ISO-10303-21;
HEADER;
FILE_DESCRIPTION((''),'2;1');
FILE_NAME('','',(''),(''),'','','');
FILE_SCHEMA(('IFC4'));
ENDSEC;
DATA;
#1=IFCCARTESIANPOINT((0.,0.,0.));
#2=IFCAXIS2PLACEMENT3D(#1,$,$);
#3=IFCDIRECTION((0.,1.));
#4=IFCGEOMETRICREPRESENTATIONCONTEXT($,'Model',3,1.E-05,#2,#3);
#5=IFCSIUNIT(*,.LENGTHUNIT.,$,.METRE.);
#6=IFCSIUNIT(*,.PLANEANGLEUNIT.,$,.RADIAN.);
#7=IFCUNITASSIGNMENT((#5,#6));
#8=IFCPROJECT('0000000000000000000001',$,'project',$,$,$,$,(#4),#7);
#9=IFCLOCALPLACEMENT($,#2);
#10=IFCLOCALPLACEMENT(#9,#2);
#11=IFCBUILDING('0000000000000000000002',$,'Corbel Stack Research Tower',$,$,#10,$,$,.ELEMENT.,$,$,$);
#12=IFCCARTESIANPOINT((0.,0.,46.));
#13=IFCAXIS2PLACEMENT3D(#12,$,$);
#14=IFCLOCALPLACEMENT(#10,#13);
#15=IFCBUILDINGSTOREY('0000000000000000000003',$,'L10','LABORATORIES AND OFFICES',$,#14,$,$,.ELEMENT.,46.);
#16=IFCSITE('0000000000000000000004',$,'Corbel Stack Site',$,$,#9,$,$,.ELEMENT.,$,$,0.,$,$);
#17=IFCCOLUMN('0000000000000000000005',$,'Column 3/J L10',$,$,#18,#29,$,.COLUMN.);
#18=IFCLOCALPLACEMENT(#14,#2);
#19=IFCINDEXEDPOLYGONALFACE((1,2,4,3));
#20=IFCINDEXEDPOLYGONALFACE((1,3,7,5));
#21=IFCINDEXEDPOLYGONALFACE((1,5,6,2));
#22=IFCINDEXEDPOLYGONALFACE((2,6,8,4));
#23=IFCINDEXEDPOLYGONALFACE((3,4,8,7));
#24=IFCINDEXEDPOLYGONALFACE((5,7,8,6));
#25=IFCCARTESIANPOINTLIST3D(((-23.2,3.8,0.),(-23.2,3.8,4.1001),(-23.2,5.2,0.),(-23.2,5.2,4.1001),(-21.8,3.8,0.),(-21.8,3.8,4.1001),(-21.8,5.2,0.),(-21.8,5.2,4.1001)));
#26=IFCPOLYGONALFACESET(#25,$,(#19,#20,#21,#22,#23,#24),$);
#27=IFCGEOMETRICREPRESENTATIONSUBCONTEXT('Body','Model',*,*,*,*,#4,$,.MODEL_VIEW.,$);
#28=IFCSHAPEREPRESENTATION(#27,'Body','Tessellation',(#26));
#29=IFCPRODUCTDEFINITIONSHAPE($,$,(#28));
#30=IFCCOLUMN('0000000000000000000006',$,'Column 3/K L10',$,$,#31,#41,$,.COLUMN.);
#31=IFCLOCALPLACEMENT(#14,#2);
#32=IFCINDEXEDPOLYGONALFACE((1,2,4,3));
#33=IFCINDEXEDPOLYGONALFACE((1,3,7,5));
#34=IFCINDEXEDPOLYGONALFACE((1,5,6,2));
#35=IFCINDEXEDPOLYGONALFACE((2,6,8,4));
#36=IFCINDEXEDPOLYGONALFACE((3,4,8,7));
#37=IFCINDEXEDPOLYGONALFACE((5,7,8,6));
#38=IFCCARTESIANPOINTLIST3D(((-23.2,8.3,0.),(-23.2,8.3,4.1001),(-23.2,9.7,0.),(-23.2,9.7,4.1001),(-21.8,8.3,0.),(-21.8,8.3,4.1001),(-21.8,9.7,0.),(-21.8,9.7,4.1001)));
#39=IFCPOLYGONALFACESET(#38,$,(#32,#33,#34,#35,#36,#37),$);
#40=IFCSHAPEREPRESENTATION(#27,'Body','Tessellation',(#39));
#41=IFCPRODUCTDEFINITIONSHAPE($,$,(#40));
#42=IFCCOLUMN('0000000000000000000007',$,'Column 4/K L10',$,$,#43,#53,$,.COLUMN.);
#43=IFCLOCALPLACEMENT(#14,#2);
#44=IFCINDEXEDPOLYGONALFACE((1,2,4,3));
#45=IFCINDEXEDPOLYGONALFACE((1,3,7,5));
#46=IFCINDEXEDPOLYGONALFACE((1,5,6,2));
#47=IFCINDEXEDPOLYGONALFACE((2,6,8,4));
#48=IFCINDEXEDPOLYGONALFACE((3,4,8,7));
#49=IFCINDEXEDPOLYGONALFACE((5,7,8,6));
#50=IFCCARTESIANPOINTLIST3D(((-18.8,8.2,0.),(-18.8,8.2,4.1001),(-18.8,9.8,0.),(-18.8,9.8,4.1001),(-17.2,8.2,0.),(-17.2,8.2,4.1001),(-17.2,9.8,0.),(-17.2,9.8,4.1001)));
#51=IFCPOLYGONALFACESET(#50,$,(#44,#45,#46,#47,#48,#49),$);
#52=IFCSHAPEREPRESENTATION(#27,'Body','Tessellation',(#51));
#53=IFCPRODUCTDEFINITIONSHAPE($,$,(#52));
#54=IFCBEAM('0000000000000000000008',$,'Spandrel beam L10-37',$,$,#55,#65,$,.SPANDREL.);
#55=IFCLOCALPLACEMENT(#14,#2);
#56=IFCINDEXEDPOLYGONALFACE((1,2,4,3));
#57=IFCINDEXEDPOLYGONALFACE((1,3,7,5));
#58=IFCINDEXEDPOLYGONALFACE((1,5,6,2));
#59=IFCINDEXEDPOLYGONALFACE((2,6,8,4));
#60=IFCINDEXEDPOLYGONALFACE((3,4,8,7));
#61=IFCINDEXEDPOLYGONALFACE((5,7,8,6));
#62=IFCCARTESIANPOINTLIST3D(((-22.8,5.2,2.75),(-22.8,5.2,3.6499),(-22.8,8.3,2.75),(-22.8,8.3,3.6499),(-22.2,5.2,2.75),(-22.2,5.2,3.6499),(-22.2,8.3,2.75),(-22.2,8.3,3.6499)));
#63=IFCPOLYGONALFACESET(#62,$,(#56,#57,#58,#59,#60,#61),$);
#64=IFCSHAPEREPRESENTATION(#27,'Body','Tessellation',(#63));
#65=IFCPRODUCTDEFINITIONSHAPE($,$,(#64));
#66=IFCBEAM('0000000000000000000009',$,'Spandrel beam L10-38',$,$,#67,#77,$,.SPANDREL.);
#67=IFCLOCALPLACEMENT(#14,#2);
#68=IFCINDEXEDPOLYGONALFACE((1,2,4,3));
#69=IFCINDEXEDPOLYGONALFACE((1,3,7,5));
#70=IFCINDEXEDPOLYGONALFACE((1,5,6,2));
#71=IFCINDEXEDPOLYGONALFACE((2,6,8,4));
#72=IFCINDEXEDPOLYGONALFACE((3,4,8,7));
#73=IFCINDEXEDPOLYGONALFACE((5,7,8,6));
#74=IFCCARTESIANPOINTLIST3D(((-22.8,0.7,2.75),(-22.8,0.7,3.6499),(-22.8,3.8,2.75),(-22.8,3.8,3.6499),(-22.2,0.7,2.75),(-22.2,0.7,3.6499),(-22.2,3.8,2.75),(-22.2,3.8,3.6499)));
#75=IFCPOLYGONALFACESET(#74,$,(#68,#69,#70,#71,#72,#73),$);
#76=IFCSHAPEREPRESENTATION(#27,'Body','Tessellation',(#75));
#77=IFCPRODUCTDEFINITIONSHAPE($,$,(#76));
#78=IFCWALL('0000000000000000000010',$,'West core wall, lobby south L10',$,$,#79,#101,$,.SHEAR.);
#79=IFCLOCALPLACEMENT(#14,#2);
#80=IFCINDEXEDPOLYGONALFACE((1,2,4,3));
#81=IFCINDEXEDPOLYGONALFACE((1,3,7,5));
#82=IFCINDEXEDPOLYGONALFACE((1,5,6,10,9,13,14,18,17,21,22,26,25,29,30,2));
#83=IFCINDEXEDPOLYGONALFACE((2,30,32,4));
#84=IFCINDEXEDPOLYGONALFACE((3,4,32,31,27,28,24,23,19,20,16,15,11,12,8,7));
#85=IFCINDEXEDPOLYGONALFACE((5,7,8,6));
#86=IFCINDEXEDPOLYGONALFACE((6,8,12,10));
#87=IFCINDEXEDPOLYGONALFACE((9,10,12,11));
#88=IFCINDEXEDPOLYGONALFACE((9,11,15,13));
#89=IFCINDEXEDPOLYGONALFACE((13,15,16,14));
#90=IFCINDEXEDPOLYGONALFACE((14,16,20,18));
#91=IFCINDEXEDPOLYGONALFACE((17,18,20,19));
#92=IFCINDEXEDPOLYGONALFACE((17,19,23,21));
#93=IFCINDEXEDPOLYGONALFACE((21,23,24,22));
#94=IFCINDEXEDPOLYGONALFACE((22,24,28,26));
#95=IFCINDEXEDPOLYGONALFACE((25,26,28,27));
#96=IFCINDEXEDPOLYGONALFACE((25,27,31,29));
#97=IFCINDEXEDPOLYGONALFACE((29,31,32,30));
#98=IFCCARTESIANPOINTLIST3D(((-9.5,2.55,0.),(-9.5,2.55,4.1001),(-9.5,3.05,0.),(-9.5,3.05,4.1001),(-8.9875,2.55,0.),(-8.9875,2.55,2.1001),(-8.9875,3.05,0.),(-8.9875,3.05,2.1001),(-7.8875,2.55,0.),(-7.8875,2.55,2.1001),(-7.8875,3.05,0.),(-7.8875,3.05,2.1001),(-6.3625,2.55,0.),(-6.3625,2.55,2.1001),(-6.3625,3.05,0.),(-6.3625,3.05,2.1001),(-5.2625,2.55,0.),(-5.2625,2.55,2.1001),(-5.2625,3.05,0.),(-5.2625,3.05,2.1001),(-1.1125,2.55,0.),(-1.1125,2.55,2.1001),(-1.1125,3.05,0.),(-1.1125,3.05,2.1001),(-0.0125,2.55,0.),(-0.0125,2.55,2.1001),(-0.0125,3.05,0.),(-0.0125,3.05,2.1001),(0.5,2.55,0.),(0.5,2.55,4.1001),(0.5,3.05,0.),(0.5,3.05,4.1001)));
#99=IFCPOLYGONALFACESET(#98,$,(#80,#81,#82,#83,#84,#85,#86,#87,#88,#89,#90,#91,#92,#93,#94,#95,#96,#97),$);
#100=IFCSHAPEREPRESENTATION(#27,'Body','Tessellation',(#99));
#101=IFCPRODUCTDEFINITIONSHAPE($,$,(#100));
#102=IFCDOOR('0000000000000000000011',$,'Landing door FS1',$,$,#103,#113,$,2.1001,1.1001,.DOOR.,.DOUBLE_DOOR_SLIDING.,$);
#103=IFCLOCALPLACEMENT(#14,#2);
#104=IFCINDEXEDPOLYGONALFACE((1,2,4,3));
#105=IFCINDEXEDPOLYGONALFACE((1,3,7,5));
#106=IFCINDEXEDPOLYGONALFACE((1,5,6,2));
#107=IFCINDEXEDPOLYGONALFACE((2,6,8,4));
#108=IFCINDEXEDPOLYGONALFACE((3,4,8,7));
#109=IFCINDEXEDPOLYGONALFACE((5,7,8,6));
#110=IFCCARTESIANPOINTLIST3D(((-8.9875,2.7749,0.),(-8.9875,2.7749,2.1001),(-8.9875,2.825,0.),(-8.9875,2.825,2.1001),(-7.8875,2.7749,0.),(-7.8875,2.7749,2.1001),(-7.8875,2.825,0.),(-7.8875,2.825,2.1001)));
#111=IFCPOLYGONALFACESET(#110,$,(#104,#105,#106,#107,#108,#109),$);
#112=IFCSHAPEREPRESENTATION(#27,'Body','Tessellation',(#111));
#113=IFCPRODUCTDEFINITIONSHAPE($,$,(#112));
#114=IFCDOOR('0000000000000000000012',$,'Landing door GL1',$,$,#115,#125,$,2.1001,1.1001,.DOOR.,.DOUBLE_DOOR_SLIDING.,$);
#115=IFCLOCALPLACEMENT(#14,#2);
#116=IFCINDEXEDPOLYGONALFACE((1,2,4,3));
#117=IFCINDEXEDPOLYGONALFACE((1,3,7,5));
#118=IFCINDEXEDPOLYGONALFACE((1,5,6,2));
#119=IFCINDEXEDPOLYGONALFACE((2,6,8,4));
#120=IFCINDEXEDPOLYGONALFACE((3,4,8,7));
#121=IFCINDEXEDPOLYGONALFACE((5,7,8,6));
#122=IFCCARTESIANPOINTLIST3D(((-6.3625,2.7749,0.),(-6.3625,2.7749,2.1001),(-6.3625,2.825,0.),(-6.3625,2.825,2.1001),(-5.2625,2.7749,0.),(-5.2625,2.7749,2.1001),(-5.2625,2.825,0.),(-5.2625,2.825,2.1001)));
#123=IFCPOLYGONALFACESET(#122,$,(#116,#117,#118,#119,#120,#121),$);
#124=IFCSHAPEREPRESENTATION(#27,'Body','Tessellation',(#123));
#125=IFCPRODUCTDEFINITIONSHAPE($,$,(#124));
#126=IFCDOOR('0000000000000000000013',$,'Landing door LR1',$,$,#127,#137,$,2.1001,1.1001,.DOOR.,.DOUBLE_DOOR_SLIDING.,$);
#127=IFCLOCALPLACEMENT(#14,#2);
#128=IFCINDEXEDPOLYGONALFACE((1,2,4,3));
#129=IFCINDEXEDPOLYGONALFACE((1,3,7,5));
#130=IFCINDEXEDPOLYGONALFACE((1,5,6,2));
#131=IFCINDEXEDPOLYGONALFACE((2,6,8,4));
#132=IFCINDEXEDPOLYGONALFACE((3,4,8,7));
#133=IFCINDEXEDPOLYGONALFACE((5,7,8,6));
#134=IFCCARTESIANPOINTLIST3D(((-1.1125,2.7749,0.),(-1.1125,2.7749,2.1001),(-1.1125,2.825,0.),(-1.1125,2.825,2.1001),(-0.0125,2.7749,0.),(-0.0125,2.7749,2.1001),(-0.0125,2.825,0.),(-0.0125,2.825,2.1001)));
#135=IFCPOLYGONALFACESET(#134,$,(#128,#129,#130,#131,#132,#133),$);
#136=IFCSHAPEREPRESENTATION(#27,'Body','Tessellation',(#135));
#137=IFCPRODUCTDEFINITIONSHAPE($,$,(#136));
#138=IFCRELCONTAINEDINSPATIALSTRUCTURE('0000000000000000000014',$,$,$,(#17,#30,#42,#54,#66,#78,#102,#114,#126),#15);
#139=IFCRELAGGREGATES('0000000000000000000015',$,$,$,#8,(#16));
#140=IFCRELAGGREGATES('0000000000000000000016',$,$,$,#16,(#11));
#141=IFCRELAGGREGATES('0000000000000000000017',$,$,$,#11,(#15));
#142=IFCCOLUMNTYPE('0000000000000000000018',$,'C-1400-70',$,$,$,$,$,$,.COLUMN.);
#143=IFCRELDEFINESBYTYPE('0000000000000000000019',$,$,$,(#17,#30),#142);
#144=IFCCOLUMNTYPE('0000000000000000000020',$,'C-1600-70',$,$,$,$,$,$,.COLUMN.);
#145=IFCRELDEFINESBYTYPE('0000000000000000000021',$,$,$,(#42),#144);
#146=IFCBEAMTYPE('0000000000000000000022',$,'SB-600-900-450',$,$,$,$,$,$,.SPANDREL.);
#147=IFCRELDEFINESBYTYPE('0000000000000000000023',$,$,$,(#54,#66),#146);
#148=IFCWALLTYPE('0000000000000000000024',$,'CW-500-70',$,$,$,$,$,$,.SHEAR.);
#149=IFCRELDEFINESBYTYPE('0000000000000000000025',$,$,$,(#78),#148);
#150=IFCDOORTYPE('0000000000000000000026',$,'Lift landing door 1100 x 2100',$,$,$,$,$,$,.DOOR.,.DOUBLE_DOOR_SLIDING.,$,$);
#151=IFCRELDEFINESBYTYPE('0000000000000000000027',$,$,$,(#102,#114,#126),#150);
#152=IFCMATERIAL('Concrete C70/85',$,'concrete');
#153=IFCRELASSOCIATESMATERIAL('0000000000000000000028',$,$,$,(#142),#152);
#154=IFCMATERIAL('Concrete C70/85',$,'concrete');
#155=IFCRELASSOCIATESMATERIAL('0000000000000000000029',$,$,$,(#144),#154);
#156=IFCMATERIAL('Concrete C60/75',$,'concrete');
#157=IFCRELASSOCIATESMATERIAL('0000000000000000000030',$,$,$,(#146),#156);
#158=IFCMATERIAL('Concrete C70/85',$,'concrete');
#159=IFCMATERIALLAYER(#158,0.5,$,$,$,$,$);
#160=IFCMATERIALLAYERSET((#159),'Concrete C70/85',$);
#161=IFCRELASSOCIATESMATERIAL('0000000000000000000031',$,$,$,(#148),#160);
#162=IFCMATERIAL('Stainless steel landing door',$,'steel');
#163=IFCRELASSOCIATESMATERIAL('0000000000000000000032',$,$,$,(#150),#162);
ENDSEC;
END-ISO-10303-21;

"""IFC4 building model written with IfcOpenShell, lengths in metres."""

from ifc_helpers import new_model, si_unit, direction, frame, frame_2d, origin, origin_2d, place, context, subcontext, project, spatial, rectangle, extrude, material, layer, layer_set, material_profile, profile_set, type_object, element, fill, save


model = new_model("IFC4")

# Units and contexts
model_context = context("Model", 3, precision=1e-05, world=origin(), true_north=direction((0.0, 1.0)))
body_context = subcontext(model_context, "Body", "Model", "MODEL_VIEW")
ifc_project = project(units=[si_unit("LENGTHUNIT", "METRE"), si_unit("PLANEANGLEUNIT", "RADIAN")], contexts=[model_context])

# Site, building, storey
site_placement = place(None, origin())
site = spatial("IfcSite", under=ifc_project, at=site_placement, Name="Corbel Stack Site", CompositionType="ELEMENT", RefElevation=0.0)
building_placement = place(site_placement, origin())
building = spatial("IfcBuilding", under=site, at=building_placement, Name="Corbel Stack Research Tower", CompositionType="ELEMENT")
storey_placement = place(building_placement, frame((0.0, 0.0, 46.0)))
storey = spatial("IfcBuildingStorey", under=building, at=storey_placement, Name="L10", Description="LABORATORIES AND OFFICES", CompositionType="ELEMENT", Elevation=46.0)

# Columns
ifc_material_1 = material(Name="Concrete C70/85", Category="concrete")
ifc_material_profile_1 = material_profile(ifc_material_1, rectangle(XDim=1.3999, YDim=1.3999, at=origin_2d()), Name="RC 1400 x 1400")
ifc_profile_set_1 = profile_set([ifc_material_profile_1], Name="Concrete C70/85")
column_type_1 = type_object("IfcColumnType", Name="C-1400-70", PredefinedType="COLUMN", material=ifc_profile_set_1)
for number, where, z_axis, x_axis, name in (
    (1, (-22.5, 4.5, 0.0), (0.0, 0.0, 1.0), (1.0, 0.0, 0.0), "Column 3/J L10"),
    (2, (-22.5, 9.0, 0.0), (0.0, 0.0, 1.0), (1.0, 0.0, 0.0), "Column 3/K L10"),
):
    element("IfcColumn", number, at=place(storey_placement, frame(where, z_axis=z_axis, x_axis=x_axis)), inside=storey, type_object=column_type_1, Name=name, PredefinedType="COLUMN", context=body_context, shape_type="SweptSolid", body=[
        extrude(rectangle(XDim=1.3999, YDim=1.3999, at=origin_2d()), origin(), (0.0, 0.0, 1.0), 4.1001),
    ])
ifc_material_2 = material(Name="Concrete C70/85", Category="concrete")
ifc_material_profile_2 = material_profile(ifc_material_2, rectangle(XDim=1.6001, YDim=1.6001, at=origin_2d()), Name="RC 1600 x 1600")
ifc_profile_set_2 = profile_set([ifc_material_profile_2], Name="Concrete C70/85")
column_type_2 = type_object("IfcColumnType", Name="C-1600-70", PredefinedType="COLUMN", material=ifc_profile_set_2)
column_placement = place(storey_placement, frame((-18.0, 9.0, 0.0), z_axis=(0.0, 0.0, 1.0), x_axis=(1.0, 0.0, 0.0)))
element("IfcColumn", 3, at=column_placement, inside=storey, type_object=column_type_2, Name="Column 4/K L10", PredefinedType="COLUMN", context=body_context, shape_type="SweptSolid", body=[
    extrude(rectangle(XDim=1.6001, YDim=1.6001, at=origin_2d()), origin(), (0.0, 0.0, 1.0), 4.1001),
])

# Beams
ifc_material_3 = material(Name="Concrete C60/75", Category="concrete")
ifc_material_profile_3 = material_profile(ifc_material_3, rectangle(XDim=0.6001, YDim=0.8999, at=origin_2d()), Name="RC 600 x 900")
ifc_profile_set_3 = profile_set([ifc_material_profile_3], Name="Concrete C60/75")
beam_type = type_object("IfcBeamType", Name="SB-600-900-450", PredefinedType="SPANDREL", material=ifc_profile_set_3)
for number, where, z_axis, x_axis, name in (
    (4, (-22.5, 8.3, 3.2), (0.0, -1.0, 0.0), (1.0, 0.0, 0.0), "Spandrel beam L10-37"),
    (5, (-22.5, 3.8, 3.2), (0.0, -1.0, 0.0), (1.0, 0.0, 0.0), "Spandrel beam L10-38"),
):
    element("IfcBeam", number, at=place(storey_placement, frame(where, z_axis=z_axis, x_axis=x_axis)), inside=storey, type_object=beam_type, Name=name, PredefinedType="SPANDREL", context=body_context, shape_type="SweptSolid", body=[
        extrude(rectangle(XDim=0.6001, YDim=0.8999, at=origin_2d()), origin(), (0.0, 0.0, 1.0), 3.1001),
    ])

# Wall, openings, doors
ifc_material_4 = material(Name="Concrete C70/85", Category="concrete")
ifc_layer_1 = layer(ifc_material_4, 0.5)
ifc_layer_set_1 = layer_set([ifc_layer_1], Name="Concrete C70/85")
wall_type_1 = type_object("IfcWallType", Name="CW-500-70", PredefinedType="SHEAR", material=ifc_layer_set_1)
wall_1_placement = place(storey_placement, frame((-9.5, 2.8, 0.0), z_axis=(0.0, 0.0, 1.0), x_axis=(1.0, 0.0, 0.0)))
wall_1 = element("IfcWall", 6, at=wall_1_placement, inside=storey, type_object=wall_type_1, Name="West core wall, lobby south L10", PredefinedType="SHEAR", context=body_context, shape_type="SweptSolid", body=[
    extrude(rectangle(XDim=10.0, YDim=0.5, at=frame_2d((5.0, 0.0))), origin(), (0.0, 0.0, 1.0), 4.1001),
])
opening_1_placement = place(wall_1_placement, frame((0.5125, 0.0, 0.0)))
opening_1 = element("IfcOpeningElement", 7, at=opening_1_placement, cuts=wall_1, PredefinedType="OPENING", context=body_context, shape_type="SweptSolid", body=[
    extrude(rectangle(XDim=1.1001, YDim=2.1001, at=frame_2d((0.55, 1.05))), frame((0.0, 0.26, 0.0), z_axis=(0.0, -1.0, 0.0), x_axis=(1.0, 0.0, 0.0)), (0.0, 0.0, 1.0), 0.52),
])
opening_2_placement = place(wall_1_placement, frame((3.1375, 0.0, 0.0)))
opening_2 = element("IfcOpeningElement", 8, at=opening_2_placement, cuts=wall_1, PredefinedType="OPENING", context=body_context, shape_type="SweptSolid", body=[
    extrude(rectangle(XDim=1.1001, YDim=2.1001, at=frame_2d((0.55, 1.05))), frame((0.0, 0.26, 0.0), z_axis=(0.0, -1.0, 0.0), x_axis=(1.0, 0.0, 0.0)), (0.0, 0.0, 1.0), 0.52),
])
opening_3_placement = place(wall_1_placement, frame((8.3875, 0.0, 0.0)))
opening_3 = element("IfcOpeningElement", 9, at=opening_3_placement, cuts=wall_1, PredefinedType="OPENING", context=body_context, shape_type="SweptSolid", body=[
    extrude(rectangle(XDim=1.1001, YDim=2.1001, at=frame_2d((0.55, 1.05))), frame((0.0, 0.26, 0.0), z_axis=(0.0, -1.0, 0.0), x_axis=(1.0, 0.0, 0.0)), (0.0, 0.0, 1.0), 0.52),
])
ifc_material_5 = material(Name="Stainless steel landing door", Category="steel")
door_type_1 = type_object("IfcDoorType", Name="Lift landing door 1100 x 2100", OperationType="DOUBLE_DOOR_SLIDING", PredefinedType="DOOR", material=ifc_material_5)
door_1_placement = place(opening_1_placement, origin())
door_1 = element("IfcDoor", 10, at=door_1_placement, inside=storey, type_object=door_type_1, Name="Landing door FS1", OperationType="DOUBLE_DOOR_SLIDING", OverallHeight=2.1001, OverallWidth=1.1001, PredefinedType="DOOR", context=body_context, shape_type="SweptSolid", body=[
    extrude(rectangle(XDim=1.1001, YDim=2.1001, at=frame_2d((0.55, 1.05))), frame((0.0, 0.0249, 0.0), z_axis=(0.0, -1.0, 0.0), x_axis=(1.0, 0.0, 0.0)), (0.0, 0.0, 1.0), 0.05),
])
fill(opening_1, door_1)
door_2_placement = place(opening_2_placement, origin())
door_2 = element("IfcDoor", 11, at=door_2_placement, inside=storey, type_object=door_type_1, Name="Landing door GL1", OperationType="DOUBLE_DOOR_SLIDING", OverallHeight=2.1001, OverallWidth=1.1001, PredefinedType="DOOR", context=body_context, shape_type="SweptSolid", body=[
    extrude(rectangle(XDim=1.1001, YDim=2.1001, at=frame_2d((0.55, 1.05))), frame((0.0, 0.0249, 0.0), z_axis=(0.0, -1.0, 0.0), x_axis=(1.0, 0.0, 0.0)), (0.0, 0.0, 1.0), 0.05),
])
fill(opening_2, door_2)
door_3_placement = place(opening_3_placement, origin())
door_3 = element("IfcDoor", 12, at=door_3_placement, inside=storey, type_object=door_type_1, Name="Landing door LR1", OperationType="DOUBLE_DOOR_SLIDING", OverallHeight=2.1001, OverallWidth=1.1001, PredefinedType="DOOR", context=body_context, shape_type="SweptSolid", body=[
    extrude(rectangle(XDim=1.1001, YDim=2.1001, at=frame_2d((0.55, 1.05))), frame((0.0, 0.0249, 0.0), z_axis=(0.0, -1.0, 0.0), x_axis=(1.0, 0.0, 0.0)), (0.0, 0.0, 1.0), 0.05),
])
fill(opening_3, door_3)

save(model, "model.ifc")
